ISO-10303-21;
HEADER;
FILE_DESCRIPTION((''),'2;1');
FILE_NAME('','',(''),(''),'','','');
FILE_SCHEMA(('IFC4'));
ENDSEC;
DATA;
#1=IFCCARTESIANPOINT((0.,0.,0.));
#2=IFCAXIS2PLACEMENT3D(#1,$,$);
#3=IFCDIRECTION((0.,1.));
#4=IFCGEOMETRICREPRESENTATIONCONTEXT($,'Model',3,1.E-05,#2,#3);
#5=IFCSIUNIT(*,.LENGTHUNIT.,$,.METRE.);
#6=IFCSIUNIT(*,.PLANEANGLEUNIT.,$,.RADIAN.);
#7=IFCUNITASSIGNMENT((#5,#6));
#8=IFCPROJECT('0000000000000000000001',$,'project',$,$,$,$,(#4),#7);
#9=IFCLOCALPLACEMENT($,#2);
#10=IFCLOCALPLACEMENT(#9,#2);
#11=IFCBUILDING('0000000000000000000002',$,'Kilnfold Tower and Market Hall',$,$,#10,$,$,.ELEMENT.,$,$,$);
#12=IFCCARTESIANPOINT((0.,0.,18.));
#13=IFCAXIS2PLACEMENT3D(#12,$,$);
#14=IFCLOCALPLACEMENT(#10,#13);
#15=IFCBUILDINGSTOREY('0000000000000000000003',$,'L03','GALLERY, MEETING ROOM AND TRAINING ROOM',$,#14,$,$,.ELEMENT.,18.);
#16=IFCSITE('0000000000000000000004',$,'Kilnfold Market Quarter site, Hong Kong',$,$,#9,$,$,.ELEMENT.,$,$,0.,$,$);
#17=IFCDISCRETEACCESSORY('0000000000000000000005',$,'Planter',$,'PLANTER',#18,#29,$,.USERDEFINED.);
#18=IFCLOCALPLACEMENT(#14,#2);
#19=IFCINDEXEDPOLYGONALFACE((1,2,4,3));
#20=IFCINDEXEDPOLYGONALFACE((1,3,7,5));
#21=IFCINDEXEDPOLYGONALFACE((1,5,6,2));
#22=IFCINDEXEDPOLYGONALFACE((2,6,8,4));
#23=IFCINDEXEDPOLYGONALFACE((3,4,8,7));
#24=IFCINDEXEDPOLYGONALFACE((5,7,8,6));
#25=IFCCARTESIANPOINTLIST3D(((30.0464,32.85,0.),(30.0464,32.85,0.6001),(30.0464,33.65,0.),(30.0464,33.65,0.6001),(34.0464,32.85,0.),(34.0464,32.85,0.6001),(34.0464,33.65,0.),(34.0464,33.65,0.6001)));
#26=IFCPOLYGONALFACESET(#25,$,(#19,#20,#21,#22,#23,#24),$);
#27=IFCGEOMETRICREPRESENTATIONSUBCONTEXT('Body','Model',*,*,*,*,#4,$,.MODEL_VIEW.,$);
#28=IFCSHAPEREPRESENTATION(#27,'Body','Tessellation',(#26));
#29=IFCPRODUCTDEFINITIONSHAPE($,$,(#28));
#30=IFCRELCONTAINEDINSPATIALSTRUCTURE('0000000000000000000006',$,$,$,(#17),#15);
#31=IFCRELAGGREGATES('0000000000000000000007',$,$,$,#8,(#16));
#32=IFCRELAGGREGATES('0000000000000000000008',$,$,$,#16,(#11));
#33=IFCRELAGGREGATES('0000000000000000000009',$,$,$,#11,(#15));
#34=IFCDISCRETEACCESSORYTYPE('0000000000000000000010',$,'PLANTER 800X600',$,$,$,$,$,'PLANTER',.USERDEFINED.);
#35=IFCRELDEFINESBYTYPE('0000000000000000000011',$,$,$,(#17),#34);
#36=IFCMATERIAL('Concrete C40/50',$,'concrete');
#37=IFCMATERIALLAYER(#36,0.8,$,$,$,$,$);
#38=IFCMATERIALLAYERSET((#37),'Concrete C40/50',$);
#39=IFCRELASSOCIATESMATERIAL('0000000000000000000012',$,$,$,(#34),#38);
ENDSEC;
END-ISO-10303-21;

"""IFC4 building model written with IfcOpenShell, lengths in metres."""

from ifc_helpers import new_model, si_unit, direction, frame, origin, origin_2d, place, context, subcontext, project, spatial, rectangle, extrude, source, transform, mapped, material, layer, layer_set, type_object, element, save


model = new_model("IFC4")

# Units and contexts
model_context = context("Model", 3, precision=1e-05, world=origin(), true_north=direction((0.0, 1.0)))
body_context = subcontext(model_context, "Body", "Model", "MODEL_VIEW")
ifc_project = project(units=[si_unit("LENGTHUNIT", "METRE"), si_unit("PLANEANGLEUNIT", "RADIAN")], contexts=[model_context])

# Site, building, storey
site_placement = place(None, origin())
site = spatial("IfcSite", under=ifc_project, at=site_placement, Name="Kilnfold Market Quarter site, Hong Kong", CompositionType="ELEMENT", RefElevation=0.0)
building_placement = place(site_placement, origin())
building = spatial("IfcBuilding", under=site, at=building_placement, Name="Kilnfold Tower and Market Hall", CompositionType="ELEMENT")
storey_placement = place(building_placement, frame((0.0, 0.0, 18.0)))
storey = spatial("IfcBuildingStorey", under=building, at=storey_placement, Name="L03", Description="GALLERY, MEETING ROOM AND TRAINING ROOM", CompositionType="ELEMENT", Elevation=18.0)

# Discrete accessory
ifc_material_1 = material(Name="Concrete C40/50", Category="concrete")
ifc_layer_1 = layer(ifc_material_1, 0.8)
ifc_layer_set_1 = layer_set([ifc_layer_1], Name="Concrete C40/50")
discrete_accessory_type = type_object("IfcDiscreteAccessoryType", Name="PLANTER 800X600", ElementType="PLANTER", PredefinedType="USERDEFINED", material=ifc_layer_set_1)
shared_shape_1 = source(origin(), body_context, "Body", "SweptSolid", [
    extrude(rectangle(XDim=4.0, YDim=0.8, at=origin_2d()), origin(), (0.0, 0.0, 1.0), 0.6001),
])
for number, where, z_axis, x_axis, name in (
    (1, (32.0464, 33.25, 0.0), (0.0, 0.0, 1.0), (-1.0, 0.0, 0.0), "Planter"),
):
    element("IfcDiscreteAccessory", number, at=place(storey_placement, frame(where, z_axis=z_axis, x_axis=x_axis)), inside=storey, type_object=discrete_accessory_type, Name=name, ObjectType="PLANTER", PredefinedType="USERDEFINED", context=body_context, shape_type="MappedRepresentation", body=[
        mapped(shared_shape_1, transform((0.0, 0.0, 0.0))),
    ])

save(model, "model.ifc")
